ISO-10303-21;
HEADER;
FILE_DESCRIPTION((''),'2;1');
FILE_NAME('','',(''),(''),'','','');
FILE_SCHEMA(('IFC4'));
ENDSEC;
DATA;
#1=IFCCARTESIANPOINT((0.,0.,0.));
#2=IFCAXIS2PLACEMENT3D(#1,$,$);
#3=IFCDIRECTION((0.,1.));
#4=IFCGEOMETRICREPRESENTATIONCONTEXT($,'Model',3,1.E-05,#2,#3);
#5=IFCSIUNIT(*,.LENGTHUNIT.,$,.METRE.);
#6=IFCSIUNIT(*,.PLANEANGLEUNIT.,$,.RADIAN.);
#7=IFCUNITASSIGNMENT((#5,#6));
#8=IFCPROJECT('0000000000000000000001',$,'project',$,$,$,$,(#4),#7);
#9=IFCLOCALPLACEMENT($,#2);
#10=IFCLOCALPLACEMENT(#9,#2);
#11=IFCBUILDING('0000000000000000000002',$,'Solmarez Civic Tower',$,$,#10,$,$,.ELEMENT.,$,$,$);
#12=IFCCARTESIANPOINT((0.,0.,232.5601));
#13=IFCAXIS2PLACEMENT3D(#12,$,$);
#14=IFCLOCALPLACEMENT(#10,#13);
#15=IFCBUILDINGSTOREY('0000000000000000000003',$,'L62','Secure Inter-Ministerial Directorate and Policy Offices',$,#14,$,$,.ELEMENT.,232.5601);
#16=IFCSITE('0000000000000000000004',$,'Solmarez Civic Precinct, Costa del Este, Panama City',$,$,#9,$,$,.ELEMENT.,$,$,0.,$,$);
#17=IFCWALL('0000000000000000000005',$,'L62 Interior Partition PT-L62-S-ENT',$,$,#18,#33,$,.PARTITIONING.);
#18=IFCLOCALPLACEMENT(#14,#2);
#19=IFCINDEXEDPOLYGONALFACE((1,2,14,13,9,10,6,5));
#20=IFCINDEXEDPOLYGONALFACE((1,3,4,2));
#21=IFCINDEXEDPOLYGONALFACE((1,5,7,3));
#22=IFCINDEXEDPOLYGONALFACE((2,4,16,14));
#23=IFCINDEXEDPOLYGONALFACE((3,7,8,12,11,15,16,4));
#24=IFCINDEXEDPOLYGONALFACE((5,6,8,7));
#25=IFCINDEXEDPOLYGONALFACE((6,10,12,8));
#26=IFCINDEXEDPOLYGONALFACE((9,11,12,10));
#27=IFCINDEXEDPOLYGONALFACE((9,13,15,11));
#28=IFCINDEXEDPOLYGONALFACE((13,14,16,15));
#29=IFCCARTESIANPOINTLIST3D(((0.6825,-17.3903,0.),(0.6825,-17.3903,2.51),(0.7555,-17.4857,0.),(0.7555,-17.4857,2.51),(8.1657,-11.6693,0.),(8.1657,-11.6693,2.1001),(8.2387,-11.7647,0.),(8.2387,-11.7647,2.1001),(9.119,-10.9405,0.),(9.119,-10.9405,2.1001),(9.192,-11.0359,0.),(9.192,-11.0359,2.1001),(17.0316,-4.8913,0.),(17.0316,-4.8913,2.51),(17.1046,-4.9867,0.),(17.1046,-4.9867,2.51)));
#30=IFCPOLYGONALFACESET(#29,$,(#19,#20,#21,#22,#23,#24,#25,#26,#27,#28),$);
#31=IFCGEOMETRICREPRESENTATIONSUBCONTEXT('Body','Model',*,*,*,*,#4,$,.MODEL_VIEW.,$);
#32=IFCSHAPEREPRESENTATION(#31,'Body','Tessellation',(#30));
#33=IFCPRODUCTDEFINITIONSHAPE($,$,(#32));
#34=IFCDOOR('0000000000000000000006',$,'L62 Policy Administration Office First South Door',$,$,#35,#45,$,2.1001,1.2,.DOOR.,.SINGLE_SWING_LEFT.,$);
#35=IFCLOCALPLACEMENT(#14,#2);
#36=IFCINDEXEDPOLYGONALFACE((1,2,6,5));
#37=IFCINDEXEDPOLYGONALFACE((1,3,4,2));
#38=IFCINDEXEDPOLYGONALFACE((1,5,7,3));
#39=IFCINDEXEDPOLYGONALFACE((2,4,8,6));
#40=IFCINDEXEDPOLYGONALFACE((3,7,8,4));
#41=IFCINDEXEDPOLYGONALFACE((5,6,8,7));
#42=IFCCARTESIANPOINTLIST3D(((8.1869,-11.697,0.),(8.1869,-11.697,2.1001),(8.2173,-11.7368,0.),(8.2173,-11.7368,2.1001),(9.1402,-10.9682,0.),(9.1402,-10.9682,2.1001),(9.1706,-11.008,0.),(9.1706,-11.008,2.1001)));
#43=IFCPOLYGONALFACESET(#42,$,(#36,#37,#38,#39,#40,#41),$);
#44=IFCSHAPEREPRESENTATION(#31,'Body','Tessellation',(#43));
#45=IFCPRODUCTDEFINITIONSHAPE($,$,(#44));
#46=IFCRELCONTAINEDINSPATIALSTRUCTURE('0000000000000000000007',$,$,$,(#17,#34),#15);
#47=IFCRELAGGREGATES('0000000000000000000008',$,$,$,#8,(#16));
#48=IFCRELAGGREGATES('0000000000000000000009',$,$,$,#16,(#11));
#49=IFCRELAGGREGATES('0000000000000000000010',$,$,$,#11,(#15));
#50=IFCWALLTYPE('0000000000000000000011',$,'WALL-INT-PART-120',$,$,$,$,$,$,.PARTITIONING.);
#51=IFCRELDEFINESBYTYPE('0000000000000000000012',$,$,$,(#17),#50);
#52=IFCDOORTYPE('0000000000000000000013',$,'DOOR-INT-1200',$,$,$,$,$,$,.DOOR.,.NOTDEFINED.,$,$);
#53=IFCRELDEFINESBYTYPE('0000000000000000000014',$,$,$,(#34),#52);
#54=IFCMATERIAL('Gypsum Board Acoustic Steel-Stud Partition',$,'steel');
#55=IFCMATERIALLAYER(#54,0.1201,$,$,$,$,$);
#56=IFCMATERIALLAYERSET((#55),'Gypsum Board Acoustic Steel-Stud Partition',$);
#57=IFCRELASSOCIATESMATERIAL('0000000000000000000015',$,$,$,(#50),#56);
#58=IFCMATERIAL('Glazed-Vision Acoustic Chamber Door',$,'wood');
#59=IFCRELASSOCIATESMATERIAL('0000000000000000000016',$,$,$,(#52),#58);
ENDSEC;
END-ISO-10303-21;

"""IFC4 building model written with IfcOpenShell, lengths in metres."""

from ifc_helpers import new_model, si_unit, direction, frame, frame_2d, origin, place, context, subcontext, project, spatial, rectangle, extrude, material, layer, layer_set, type_object, element, fill, save


model = new_model("IFC4")

# Units and contexts
model_context = context("Model", 3, precision=1e-05, world=origin(), true_north=direction((0.0, 1.0)))
body_context = subcontext(model_context, "Body", "Model", "MODEL_VIEW")
ifc_project = project(units=[si_unit("LENGTHUNIT", "METRE"), si_unit("PLANEANGLEUNIT", "RADIAN")], contexts=[model_context])

# Site, building, storey
site_placement = place(None, origin())
site = spatial("IfcSite", under=ifc_project, at=site_placement, Name="Solmarez Civic Precinct, Costa del Este, Panama City", CompositionType="ELEMENT", RefElevation=0.0)
building_placement = place(site_placement, origin())
building = spatial("IfcBuilding", under=site, at=building_placement, Name="Solmarez Civic Tower", CompositionType="ELEMENT")
storey_placement = place(building_placement, frame((0.0, 0.0, 232.5601)))
storey = spatial("IfcBuildingStorey", under=building, at=storey_placement, Name="L62", Description="Secure Inter-Ministerial Directorate and Policy Offices", CompositionType="ELEMENT", Elevation=232.5601)

# Shared definitions
ifc_material_1 = material(Name="Gypsum Board Acoustic Steel-Stud Partition", Category="steel")
ifc_layer_1 = layer(ifc_material_1, 0.1201)
ifc_layer_set_1 = layer_set([ifc_layer_1], Name="Gypsum Board Acoustic Steel-Stud Partition")
wall_type_1 = type_object("IfcWallType", Name="WALL-INT-PART-120", PredefinedType="PARTITIONING", material=ifc_layer_set_1)

# Wall, opening, door
wall_1_placement = place(storey_placement, frame((17.0681, -4.939, 0.0), z_axis=(0.0, 0.0, 1.0), x_axis=(-0.794434, -0.607351, 0.0)))
wall_1 = element("IfcWall", 1, at=wall_1_placement, inside=storey, type_object=wall_type_1, Name="L62 Interior Partition PT-L62-S-ENT", PredefinedType="PARTITIONING", context=body_context, shape_type="SweptSolid", body=[
    extrude(rectangle(XDim=20.5796, YDim=0.1201, at=frame_2d((10.2898, 0.0))), origin(), (0.0, 0.0, 1.0), 2.51),
])
opening_1_placement = place(wall_1_placement, frame((9.96, 0.0, 0.0)))
opening_1 = element("IfcOpeningElement", 2, at=opening_1_placement, cuts=wall_1, PredefinedType="OPENING", context=body_context, shape_type="SweptSolid", body=[
    extrude(rectangle(XDim=1.2, YDim=2.1001, at=frame_2d((0.6001, 1.05))), frame((0.0, 0.0701, 0.0), z_axis=(0.0, -1.0, 0.0), x_axis=(1.0, 0.0, 0.0)), (0.0, 0.0, 1.0), 0.1401),
])
ifc_material_2 = material(Name="Glazed-Vision Acoustic Chamber Door", Category="wood")
door_type_1 = type_object("IfcDoorType", Name="DOOR-INT-1200", OperationType="NOTDEFINED", PredefinedType="DOOR", material=ifc_material_2)
door_1_placement = place(opening_1_placement, origin())
door_1 = element("IfcDoor", 3, at=door_1_placement, inside=storey, type_object=door_type_1, Name="L62 Policy Administration Office First South Door", OperationType="SINGLE_SWING_LEFT", OverallHeight=2.1001, OverallWidth=1.2, PredefinedType="DOOR", context=body_context, shape_type="SweptSolid", body=[
    extrude(rectangle(XDim=1.2, YDim=2.1001, at=frame_2d((0.6001, 1.05))), frame((0.0, 0.0249, 0.0), z_axis=(0.0, -1.0, 0.0), x_axis=(1.0, 0.0, 0.0)), (0.0, 0.0, 1.0), 0.05),
])
fill(opening_1, door_1)

save(model, "model.ifc")
